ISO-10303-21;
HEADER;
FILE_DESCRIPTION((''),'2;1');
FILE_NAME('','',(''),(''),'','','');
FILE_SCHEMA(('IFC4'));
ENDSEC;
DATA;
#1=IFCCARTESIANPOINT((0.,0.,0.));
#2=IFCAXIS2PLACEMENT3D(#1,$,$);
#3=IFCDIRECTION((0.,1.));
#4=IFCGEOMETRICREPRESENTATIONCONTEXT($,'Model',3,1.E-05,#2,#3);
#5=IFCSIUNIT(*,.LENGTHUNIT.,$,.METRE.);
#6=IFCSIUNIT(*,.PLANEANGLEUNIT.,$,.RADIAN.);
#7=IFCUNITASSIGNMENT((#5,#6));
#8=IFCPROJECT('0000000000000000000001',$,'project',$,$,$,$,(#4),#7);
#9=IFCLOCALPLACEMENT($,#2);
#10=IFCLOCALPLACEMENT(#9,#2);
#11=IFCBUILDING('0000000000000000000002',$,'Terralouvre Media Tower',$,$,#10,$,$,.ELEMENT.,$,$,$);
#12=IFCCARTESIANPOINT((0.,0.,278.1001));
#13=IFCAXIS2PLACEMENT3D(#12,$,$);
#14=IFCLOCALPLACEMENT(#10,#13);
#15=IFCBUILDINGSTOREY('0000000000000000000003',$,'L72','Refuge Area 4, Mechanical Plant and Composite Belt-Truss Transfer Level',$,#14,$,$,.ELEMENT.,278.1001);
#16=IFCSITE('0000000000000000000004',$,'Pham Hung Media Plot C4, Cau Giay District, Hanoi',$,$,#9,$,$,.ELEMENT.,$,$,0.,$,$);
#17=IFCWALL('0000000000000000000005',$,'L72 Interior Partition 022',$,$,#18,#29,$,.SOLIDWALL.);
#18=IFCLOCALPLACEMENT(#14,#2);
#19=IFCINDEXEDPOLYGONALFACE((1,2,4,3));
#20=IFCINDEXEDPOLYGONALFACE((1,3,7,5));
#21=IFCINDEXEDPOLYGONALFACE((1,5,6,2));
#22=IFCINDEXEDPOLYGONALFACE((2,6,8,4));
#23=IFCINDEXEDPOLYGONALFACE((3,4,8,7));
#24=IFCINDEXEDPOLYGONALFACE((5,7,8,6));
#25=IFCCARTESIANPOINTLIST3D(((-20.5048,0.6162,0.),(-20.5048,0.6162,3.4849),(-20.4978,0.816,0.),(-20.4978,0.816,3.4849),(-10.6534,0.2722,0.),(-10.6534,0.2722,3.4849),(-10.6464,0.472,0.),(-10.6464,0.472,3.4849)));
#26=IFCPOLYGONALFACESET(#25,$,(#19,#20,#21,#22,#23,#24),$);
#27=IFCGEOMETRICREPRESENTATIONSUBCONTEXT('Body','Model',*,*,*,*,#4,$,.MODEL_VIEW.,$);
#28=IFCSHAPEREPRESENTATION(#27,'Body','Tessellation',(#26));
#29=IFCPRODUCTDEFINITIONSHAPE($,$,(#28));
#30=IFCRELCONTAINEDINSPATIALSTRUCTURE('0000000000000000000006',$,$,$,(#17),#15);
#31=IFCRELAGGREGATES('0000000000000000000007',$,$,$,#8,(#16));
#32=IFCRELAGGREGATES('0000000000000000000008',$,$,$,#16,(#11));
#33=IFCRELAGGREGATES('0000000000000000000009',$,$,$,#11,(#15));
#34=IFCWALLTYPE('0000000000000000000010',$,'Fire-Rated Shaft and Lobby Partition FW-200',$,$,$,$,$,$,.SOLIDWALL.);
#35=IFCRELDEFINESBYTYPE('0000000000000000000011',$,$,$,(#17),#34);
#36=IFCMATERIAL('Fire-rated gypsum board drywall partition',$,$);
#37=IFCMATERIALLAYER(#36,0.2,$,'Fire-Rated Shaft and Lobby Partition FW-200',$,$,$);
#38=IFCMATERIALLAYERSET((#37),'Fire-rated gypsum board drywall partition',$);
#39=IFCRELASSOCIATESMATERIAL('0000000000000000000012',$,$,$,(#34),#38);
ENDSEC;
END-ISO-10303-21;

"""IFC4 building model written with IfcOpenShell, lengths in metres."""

from ifc_helpers import new_model, si_unit, direction, frame, frame_2d, origin, place, context, subcontext, project, spatial, rectangle, extrude, material, layer, layer_set, type_object, element, save


model = new_model("IFC4")

# Units and contexts
model_context = context("Model", 3, precision=1e-05, world=origin(), true_north=direction((0.0, 1.0)))
body_context = subcontext(model_context, "Body", "Model", "MODEL_VIEW")
ifc_project = project(units=[si_unit("LENGTHUNIT", "METRE"), si_unit("PLANEANGLEUNIT", "RADIAN")], contexts=[model_context])

# Site, building, storey
site_placement = place(None, origin())
site = spatial("IfcSite", under=ifc_project, at=site_placement, Name="Pham Hung Media Plot C4, Cau Giay District, Hanoi", CompositionType="ELEMENT", RefElevation=0.0)
building_placement = place(site_placement, origin())
building = spatial("IfcBuilding", under=site, at=building_placement, Name="Terralouvre Media Tower", CompositionType="ELEMENT")
storey_placement = place(building_placement, frame((0.0, 0.0, 278.1001)))
storey = spatial("IfcBuildingStorey", under=building, at=storey_placement, Name="L72", Description="Refuge Area 4, Mechanical Plant and Composite Belt-Truss Transfer Level", CompositionType="ELEMENT", Elevation=278.1001)

# Shared definitions
ifc_material_1 = material(Name="Fire-rated gypsum board drywall partition")
ifc_layer_1 = layer(ifc_material_1, 0.2, Name="Fire-Rated Shaft and Lobby Partition FW-200")
ifc_layer_set_1 = layer_set([ifc_layer_1], Name="Fire-rated gypsum board drywall partition")
wall_type_1 = type_object("IfcWallType", Name="Fire-Rated Shaft and Lobby Partition FW-200", PredefinedType="SOLIDWALL", material=ifc_layer_set_1)

# Wall
wall_1_placement = place(storey_placement, frame((-10.6499, 0.3721, 0.0), z_axis=(0.0, 0.0, 1.0), x_axis=(-0.999391, 0.034897, 0.0)))
element("IfcWall", 1, at=wall_1_placement, inside=storey, type_object=wall_type_1, Name="L72 Interior Partition 022", PredefinedType="SOLIDWALL", context=body_context, shape_type="SweptSolid", body=[
    extrude(rectangle(XDim=9.8574, YDim=0.2, at=frame_2d((4.9287, 0.0))), origin(), (0.0, 0.0, 1.0), 3.4849),
])

save(model, "model.ifc")
